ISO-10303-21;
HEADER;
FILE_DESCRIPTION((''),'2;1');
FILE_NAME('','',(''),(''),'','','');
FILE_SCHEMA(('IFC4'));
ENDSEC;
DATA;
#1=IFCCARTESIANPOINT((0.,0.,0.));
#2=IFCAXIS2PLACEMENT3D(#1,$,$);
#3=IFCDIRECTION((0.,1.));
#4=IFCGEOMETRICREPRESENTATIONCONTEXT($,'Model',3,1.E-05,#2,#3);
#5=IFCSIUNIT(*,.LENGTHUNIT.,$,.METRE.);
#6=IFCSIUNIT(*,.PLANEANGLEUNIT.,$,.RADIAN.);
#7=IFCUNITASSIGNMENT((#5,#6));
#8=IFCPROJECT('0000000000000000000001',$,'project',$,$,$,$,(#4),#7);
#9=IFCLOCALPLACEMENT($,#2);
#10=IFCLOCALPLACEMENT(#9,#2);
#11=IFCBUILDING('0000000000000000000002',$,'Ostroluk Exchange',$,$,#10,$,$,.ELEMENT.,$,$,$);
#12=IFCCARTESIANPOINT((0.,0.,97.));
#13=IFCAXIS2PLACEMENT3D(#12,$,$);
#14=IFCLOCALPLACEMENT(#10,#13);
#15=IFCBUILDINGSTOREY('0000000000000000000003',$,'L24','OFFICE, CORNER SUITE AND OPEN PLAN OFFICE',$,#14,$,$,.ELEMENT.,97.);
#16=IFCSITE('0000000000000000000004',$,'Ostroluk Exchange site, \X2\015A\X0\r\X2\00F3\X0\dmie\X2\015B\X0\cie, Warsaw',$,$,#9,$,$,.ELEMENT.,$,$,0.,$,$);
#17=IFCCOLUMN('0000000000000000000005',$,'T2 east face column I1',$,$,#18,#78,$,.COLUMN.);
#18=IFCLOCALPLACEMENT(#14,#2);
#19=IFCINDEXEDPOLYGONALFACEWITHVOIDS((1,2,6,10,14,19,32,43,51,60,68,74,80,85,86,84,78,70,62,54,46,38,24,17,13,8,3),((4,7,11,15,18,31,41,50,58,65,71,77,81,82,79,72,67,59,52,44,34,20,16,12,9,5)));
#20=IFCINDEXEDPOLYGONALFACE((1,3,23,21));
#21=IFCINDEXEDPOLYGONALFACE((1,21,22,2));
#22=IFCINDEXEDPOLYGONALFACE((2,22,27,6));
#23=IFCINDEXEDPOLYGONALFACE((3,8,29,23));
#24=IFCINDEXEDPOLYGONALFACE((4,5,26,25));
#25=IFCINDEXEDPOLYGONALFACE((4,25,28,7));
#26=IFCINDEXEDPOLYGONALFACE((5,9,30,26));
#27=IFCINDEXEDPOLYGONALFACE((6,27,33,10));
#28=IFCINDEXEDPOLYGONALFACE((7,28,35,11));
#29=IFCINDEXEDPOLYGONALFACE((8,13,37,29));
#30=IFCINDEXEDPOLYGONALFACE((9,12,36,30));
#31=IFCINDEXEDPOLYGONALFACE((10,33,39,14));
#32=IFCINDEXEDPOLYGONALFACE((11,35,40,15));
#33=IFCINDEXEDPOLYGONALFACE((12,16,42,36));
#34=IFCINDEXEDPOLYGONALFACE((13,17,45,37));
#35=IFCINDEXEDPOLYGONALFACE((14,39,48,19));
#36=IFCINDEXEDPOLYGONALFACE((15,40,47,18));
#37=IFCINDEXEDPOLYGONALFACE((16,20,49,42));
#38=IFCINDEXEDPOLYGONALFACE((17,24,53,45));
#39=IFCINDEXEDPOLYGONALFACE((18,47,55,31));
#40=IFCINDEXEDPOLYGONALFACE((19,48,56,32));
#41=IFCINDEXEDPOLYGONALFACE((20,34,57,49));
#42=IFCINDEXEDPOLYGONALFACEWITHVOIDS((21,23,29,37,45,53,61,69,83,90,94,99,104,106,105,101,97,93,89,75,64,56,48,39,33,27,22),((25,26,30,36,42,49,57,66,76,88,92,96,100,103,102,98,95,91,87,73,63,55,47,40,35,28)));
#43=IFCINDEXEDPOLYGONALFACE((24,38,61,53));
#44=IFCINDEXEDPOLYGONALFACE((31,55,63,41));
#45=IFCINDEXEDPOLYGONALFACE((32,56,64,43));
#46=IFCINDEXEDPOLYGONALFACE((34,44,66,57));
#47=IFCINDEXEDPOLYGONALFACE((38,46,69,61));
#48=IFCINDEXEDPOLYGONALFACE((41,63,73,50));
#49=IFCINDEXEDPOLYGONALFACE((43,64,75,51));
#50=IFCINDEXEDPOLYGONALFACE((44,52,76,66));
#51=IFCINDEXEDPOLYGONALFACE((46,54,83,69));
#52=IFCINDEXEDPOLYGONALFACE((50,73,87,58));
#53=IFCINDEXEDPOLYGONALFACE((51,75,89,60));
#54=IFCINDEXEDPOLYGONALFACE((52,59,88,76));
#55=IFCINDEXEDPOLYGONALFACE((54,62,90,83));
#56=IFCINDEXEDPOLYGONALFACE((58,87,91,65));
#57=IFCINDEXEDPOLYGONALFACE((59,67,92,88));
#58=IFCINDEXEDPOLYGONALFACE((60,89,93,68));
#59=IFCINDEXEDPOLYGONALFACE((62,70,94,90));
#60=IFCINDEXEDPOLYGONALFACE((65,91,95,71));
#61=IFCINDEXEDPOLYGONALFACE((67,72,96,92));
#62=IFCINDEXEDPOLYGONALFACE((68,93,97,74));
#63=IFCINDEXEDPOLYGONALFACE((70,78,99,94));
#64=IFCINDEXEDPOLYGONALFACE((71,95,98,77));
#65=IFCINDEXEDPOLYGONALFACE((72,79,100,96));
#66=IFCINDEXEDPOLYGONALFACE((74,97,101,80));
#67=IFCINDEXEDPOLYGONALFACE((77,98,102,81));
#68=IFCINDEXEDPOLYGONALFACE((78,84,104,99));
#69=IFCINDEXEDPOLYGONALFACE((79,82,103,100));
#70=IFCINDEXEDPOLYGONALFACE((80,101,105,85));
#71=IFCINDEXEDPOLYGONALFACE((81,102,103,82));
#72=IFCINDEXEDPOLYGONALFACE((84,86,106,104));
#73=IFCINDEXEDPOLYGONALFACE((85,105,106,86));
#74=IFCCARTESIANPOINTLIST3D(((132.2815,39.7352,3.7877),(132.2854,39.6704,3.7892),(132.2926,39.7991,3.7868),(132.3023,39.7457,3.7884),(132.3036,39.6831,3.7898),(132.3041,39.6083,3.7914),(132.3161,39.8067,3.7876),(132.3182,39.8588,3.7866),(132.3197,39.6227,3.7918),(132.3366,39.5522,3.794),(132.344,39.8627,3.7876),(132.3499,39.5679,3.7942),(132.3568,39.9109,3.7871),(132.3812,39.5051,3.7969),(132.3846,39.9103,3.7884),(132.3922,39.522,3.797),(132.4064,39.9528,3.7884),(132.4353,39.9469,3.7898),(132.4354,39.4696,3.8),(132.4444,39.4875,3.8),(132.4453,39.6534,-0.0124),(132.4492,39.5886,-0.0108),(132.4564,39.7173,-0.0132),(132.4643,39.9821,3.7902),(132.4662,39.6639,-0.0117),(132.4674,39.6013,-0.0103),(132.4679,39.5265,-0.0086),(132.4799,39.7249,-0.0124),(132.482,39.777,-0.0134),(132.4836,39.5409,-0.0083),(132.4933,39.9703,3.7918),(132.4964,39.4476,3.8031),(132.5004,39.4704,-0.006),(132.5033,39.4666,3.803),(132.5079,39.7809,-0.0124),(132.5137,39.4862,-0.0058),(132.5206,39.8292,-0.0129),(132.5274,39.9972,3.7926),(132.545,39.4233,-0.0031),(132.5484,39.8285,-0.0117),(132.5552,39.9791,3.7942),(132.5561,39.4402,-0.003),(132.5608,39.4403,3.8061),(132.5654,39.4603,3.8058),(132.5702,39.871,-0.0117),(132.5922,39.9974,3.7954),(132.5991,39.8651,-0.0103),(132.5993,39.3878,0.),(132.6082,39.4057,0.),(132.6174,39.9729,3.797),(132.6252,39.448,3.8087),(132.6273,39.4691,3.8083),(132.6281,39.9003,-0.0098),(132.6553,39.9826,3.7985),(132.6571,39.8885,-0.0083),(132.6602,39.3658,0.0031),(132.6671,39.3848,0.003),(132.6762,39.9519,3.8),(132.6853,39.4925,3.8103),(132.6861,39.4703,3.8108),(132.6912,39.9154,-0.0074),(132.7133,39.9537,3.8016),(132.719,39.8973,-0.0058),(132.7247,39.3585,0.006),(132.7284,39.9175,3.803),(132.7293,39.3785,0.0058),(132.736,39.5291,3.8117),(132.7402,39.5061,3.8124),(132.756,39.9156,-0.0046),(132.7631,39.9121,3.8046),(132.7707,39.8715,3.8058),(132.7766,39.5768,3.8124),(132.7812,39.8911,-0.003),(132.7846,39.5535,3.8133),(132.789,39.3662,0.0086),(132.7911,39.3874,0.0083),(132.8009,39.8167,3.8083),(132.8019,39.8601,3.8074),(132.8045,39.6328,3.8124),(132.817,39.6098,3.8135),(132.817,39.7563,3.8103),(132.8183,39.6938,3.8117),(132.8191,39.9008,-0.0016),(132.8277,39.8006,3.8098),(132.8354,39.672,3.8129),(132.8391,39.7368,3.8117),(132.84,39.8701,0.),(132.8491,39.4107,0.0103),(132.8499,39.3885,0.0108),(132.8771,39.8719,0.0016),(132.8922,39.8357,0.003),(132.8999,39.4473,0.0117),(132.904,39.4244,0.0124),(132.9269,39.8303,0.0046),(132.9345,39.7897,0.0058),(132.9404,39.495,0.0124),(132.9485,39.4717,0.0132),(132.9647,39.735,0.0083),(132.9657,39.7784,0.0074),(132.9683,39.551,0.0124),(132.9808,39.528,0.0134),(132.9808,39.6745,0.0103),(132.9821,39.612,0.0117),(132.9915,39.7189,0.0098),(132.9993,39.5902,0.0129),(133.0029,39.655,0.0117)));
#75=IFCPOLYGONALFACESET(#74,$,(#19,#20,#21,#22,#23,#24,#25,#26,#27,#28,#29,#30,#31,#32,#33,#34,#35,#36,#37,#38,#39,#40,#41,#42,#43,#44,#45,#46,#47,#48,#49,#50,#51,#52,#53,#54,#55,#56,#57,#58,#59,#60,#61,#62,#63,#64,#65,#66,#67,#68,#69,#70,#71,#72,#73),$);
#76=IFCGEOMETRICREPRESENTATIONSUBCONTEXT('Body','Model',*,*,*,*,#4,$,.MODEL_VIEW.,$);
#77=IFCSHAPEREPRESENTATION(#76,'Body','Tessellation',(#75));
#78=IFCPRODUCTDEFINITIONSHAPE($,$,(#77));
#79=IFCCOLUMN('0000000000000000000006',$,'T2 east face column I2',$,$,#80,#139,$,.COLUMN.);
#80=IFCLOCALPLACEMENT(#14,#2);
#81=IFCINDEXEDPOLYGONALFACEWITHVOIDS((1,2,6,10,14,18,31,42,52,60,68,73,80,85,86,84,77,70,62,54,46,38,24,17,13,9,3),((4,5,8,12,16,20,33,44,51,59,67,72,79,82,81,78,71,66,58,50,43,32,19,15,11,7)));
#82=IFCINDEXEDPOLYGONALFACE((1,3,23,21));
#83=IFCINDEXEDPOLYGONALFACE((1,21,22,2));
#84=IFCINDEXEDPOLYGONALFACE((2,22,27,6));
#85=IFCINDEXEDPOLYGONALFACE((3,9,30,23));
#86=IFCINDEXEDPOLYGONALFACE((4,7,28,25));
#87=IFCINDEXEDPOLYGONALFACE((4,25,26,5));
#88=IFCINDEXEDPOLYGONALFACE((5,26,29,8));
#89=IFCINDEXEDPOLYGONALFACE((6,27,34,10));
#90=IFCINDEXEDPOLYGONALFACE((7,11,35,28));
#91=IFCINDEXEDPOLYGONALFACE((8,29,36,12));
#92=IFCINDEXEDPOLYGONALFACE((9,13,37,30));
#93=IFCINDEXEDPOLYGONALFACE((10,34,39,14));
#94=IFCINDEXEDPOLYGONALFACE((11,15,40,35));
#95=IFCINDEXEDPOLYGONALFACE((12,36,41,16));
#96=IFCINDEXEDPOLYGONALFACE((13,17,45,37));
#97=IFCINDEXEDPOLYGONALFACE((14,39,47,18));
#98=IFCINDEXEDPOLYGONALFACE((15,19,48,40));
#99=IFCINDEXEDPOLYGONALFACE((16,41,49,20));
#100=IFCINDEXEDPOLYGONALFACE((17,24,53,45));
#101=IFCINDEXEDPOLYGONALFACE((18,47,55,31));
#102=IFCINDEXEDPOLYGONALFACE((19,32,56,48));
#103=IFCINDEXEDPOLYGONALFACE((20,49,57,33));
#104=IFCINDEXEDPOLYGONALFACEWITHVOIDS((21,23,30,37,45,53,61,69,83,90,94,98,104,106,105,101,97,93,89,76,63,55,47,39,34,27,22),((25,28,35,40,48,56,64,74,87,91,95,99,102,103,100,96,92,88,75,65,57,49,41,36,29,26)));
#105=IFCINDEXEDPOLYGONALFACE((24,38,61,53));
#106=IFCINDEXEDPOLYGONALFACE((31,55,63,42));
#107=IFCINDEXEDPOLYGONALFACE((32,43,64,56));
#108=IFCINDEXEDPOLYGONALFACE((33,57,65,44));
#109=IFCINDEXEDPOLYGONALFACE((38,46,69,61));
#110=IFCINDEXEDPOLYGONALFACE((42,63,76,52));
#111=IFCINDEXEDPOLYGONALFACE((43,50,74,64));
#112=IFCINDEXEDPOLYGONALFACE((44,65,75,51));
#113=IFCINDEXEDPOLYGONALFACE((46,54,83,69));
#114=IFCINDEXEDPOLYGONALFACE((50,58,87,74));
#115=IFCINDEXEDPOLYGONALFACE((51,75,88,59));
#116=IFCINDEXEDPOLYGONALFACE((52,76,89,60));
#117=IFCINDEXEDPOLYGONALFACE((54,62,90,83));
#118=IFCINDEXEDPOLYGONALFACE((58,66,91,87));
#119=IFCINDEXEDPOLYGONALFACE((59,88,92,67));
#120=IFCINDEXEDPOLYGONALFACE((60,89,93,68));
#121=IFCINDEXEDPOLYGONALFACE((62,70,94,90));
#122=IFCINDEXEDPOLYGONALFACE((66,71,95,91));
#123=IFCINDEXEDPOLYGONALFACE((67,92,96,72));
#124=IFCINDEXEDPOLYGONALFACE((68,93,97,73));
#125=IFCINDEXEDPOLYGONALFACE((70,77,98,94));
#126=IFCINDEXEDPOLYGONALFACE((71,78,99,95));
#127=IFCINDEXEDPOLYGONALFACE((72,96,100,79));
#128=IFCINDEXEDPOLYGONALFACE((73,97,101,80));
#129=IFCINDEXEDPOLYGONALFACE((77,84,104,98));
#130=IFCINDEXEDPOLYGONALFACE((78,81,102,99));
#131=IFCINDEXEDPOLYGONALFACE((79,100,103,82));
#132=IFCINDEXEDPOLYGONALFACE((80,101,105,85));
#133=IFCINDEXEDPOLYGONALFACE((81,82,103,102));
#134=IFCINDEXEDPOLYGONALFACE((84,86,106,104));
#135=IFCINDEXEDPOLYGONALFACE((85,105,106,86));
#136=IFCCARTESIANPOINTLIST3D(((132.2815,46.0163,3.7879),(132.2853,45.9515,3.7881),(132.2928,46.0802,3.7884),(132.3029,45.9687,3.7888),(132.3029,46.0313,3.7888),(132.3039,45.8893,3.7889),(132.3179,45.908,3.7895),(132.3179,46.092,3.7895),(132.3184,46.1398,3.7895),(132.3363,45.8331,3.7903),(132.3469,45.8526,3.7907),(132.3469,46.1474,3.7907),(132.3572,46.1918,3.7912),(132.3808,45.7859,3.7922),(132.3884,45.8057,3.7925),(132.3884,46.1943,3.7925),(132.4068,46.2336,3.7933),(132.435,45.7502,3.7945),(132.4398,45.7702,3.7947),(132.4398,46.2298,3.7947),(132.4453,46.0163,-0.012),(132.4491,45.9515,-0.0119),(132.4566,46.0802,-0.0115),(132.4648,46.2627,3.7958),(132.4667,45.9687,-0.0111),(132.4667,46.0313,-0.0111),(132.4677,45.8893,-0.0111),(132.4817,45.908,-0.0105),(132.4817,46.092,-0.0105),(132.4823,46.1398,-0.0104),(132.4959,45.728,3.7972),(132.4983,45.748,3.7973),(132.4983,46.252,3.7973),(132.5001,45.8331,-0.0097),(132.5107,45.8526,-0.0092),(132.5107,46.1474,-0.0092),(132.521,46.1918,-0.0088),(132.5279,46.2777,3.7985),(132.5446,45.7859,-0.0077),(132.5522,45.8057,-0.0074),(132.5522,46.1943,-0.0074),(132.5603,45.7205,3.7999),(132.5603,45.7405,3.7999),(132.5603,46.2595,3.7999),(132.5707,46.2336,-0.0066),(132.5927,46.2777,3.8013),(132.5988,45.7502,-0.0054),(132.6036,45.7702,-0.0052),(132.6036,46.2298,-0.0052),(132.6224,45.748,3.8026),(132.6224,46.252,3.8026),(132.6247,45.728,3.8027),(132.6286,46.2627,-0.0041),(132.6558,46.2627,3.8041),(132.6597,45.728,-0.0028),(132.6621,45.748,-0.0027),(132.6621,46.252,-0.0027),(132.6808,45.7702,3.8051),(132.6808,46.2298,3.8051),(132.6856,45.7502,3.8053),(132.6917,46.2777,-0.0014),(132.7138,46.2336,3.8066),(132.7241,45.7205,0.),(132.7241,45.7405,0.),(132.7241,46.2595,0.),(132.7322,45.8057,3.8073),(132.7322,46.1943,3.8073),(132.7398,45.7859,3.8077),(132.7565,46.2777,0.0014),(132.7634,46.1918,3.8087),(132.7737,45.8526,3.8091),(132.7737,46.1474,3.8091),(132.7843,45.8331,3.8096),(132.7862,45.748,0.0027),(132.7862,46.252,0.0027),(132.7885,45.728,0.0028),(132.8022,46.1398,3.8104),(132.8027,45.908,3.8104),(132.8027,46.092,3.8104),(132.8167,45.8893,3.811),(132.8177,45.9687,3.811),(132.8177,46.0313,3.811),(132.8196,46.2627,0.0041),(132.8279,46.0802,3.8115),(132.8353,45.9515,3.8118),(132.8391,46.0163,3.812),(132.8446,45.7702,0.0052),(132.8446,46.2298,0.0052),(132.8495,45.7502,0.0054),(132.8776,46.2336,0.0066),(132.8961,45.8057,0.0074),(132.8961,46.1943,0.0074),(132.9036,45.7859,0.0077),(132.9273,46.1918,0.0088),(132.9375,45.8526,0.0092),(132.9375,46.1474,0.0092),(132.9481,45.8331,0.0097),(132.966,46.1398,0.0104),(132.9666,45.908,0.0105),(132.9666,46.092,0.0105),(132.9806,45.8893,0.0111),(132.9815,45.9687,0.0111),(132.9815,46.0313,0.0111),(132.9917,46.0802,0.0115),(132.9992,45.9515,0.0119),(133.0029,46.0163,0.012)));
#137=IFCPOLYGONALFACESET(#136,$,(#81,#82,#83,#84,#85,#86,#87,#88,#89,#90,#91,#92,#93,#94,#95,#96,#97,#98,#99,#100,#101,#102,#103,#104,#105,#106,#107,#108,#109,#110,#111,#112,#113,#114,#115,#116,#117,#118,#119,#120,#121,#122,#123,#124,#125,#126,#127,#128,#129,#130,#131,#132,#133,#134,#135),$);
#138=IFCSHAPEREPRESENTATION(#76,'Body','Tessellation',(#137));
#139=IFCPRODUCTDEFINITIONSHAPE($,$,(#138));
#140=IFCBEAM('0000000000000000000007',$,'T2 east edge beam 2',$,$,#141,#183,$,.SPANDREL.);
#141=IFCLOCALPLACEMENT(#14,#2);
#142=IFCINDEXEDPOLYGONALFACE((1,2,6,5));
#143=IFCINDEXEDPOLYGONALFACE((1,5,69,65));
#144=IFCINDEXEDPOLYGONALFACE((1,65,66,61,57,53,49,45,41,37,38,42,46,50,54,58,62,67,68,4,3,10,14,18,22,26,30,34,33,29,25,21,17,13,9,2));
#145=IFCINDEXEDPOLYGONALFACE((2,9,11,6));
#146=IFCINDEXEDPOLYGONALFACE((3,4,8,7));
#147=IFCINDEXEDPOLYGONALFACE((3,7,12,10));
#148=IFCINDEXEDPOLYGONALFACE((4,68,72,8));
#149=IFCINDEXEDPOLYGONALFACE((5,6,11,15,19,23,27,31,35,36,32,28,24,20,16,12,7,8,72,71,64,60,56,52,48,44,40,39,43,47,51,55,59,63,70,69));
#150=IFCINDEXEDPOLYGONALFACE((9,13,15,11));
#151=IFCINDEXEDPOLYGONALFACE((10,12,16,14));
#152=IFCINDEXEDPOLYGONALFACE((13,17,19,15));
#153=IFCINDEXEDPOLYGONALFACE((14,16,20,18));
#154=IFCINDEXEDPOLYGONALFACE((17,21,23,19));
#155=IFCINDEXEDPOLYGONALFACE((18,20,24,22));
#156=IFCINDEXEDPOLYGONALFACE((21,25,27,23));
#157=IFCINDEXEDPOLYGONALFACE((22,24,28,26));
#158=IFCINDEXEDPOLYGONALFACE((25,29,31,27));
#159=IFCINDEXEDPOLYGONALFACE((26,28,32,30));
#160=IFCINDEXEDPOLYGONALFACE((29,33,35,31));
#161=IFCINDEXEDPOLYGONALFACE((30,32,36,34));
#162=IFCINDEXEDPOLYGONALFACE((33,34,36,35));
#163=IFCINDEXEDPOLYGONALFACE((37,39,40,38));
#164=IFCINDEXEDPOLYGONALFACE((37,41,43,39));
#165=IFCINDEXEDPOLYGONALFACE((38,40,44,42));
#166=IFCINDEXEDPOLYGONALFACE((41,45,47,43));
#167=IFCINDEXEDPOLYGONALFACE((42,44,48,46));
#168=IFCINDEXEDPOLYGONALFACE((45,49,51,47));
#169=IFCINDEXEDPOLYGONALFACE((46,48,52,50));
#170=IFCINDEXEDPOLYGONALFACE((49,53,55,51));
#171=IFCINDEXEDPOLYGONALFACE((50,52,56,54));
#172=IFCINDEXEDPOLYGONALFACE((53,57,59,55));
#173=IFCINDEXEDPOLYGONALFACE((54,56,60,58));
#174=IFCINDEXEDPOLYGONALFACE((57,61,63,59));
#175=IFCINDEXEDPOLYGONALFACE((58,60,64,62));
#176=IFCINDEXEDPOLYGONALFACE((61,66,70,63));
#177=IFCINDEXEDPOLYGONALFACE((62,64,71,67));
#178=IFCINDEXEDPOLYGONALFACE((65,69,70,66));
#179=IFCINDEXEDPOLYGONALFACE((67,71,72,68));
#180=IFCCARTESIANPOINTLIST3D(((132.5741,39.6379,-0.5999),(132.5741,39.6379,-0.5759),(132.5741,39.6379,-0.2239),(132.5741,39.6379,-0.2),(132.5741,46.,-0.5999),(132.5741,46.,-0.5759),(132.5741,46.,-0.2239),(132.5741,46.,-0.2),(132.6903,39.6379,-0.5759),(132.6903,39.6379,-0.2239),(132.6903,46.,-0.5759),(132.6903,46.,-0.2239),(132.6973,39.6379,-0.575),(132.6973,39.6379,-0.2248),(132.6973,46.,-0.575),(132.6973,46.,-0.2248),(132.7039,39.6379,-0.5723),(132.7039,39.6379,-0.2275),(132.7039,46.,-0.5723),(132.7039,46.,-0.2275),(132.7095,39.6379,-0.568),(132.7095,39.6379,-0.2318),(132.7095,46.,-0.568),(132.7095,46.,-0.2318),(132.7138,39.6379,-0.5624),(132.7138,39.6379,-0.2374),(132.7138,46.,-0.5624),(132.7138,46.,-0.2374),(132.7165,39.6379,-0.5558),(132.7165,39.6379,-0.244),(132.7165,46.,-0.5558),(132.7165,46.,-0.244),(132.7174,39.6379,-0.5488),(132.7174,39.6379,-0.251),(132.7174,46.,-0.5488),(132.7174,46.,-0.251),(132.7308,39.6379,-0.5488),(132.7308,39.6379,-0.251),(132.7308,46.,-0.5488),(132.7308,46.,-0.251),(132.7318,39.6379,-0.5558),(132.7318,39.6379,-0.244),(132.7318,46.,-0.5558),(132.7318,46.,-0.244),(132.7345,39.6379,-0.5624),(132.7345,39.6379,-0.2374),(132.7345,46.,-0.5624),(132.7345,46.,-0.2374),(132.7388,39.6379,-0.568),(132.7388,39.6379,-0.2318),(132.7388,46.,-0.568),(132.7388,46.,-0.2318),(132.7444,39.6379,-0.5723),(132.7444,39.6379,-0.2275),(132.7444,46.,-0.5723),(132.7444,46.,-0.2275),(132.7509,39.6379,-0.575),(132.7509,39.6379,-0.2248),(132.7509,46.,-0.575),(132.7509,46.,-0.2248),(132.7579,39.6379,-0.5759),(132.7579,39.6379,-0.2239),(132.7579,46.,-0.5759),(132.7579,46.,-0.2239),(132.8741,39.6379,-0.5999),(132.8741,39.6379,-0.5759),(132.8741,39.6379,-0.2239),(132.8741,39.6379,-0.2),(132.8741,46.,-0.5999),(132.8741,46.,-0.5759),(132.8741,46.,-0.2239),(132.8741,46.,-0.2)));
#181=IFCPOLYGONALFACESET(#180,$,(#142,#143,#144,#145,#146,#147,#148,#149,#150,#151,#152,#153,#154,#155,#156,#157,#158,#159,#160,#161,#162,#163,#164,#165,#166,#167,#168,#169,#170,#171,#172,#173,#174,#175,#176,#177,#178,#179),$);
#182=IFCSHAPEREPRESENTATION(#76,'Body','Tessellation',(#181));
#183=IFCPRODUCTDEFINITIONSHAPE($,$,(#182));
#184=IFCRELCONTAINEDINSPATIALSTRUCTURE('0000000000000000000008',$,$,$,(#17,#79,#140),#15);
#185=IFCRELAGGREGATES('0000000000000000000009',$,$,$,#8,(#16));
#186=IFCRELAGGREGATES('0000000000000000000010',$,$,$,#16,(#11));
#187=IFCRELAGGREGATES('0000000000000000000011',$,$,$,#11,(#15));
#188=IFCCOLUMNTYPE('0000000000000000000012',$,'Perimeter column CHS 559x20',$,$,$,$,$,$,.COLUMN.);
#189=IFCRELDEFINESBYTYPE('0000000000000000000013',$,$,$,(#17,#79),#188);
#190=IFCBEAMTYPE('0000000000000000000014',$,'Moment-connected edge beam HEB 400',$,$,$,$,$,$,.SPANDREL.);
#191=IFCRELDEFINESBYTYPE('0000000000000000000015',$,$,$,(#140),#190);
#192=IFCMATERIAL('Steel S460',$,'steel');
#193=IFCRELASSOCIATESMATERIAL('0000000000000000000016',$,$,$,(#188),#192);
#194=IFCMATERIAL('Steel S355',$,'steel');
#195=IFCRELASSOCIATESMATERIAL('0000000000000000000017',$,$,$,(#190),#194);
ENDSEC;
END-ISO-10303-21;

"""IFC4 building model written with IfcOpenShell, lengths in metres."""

from ifc_helpers import new_model, si_unit, direction, frame, origin, origin_2d, place, context, subcontext, project, spatial, hollow_circle, i_section, extrude, material, material_profile, profile_set, type_object, element, save


model = new_model("IFC4")

# Units and contexts
model_context = context("Model", 3, precision=1e-05, world=origin(), true_north=direction((0.0, 1.0)))
body_context = subcontext(model_context, "Body", "Model", "MODEL_VIEW")
ifc_project = project(units=[si_unit("LENGTHUNIT", "METRE"), si_unit("PLANEANGLEUNIT", "RADIAN")], contexts=[model_context])

# Site, building, storey
site_placement = place(None, origin())
site = spatial("IfcSite", under=ifc_project, at=site_placement, Name="Ostroluk Exchange site, Śródmieście, Warsaw", CompositionType="ELEMENT", RefElevation=0.0)
building_placement = place(site_placement, origin())
building = spatial("IfcBuilding", under=site, at=building_placement, Name="Ostroluk Exchange", CompositionType="ELEMENT")
storey_placement = place(building_placement, frame((0.0, 0.0, 97.0)))
storey = spatial("IfcBuildingStorey", under=building, at=storey_placement, Name="L24", Description="OFFICE, CORNER SUITE AND OPEN PLAN OFFICE", CompositionType="ELEMENT", Elevation=97.0)

# Columns
ifc_material_1 = material(Name="Steel S460", Category="steel")
ifc_material_profile_1 = material_profile(ifc_material_1, hollow_circle(Radius=0.2795, WallThickness=0.02, at=origin_2d()), Name="CHS 559x20")
ifc_profile_set_1 = profile_set([ifc_material_profile_1], Name="Steel S460")
column_type = type_object("IfcColumnType", Name="Perimeter column CHS 559x20", PredefinedType="COLUMN", material=ifc_profile_set_1)
column_1_placement = place(storey_placement, frame((132.7241, 39.6379, 0.0), z_axis=(-0.04306, 0.021498, 0.998841), x_axis=(-0.44668, -0.894694, 0.0)))
element("IfcColumn", 1, at=column_1_placement, inside=storey, type_object=column_type, Name="T2 east face column I1", PredefinedType="COLUMN", context=body_context, shape_type="SweptSolid", body=[
    extrude(hollow_circle(Radius=0.2795, WallThickness=0.02, at=origin_2d()), origin(), (0.0, 0.0, 1.0), 3.8044),
])
column_2_placement = place(storey_placement, frame((132.7241, 46.0, 0.0), z_axis=(-0.04307, 0.0, 0.999072), x_axis=(0.0, -1.0, 0.0)))
element("IfcColumn", 2, at=column_2_placement, inside=storey, type_object=column_type, Name="T2 east face column I2", PredefinedType="COLUMN", context=body_context, shape_type="SweptSolid", body=[
    extrude(hollow_circle(Radius=0.2795, WallThickness=0.02, at=origin_2d()), origin(), (0.0, 0.0, 1.0), 3.8035),
])

# Beam
ifc_material_2 = material(Name="Steel S355", Category="steel")
ifc_material_profile_2 = material_profile(ifc_material_2, i_section(OverallWidth=0.3, OverallDepth=0.3999, WebThickness=0.0134, FlangeThickness=0.0239, FilletRadius=0.0271, at=origin_2d()), Name="HEB 400")
ifc_profile_set_2 = profile_set([ifc_material_profile_2], Name="Steel S355")
beam_type = type_object("IfcBeamType", Name="Moment-connected edge beam HEB 400", PredefinedType="SPANDREL", material=ifc_profile_set_2)
for number, where, z_axis, x_axis, name in (
    (3, (132.7241, 39.6379, -0.3999), (0.0, 1.0, 0.0), (-1.0, 0.0, 0.0), "T2 east edge beam 2"),
):
    element("IfcBeam", number, at=place(storey_placement, frame(where, z_axis=z_axis, x_axis=x_axis)), inside=storey, type_object=beam_type, Name=name, PredefinedType="SPANDREL", context=body_context, shape_type="SweptSolid", body=[
        extrude(i_section(OverallWidth=0.3, OverallDepth=0.3999, WebThickness=0.0134, FlangeThickness=0.0239, FilletRadius=0.0271, at=origin_2d()), origin(), (0.0, 0.0, 1.0), 6.3621),
    ])

save(model, "model.ifc")
